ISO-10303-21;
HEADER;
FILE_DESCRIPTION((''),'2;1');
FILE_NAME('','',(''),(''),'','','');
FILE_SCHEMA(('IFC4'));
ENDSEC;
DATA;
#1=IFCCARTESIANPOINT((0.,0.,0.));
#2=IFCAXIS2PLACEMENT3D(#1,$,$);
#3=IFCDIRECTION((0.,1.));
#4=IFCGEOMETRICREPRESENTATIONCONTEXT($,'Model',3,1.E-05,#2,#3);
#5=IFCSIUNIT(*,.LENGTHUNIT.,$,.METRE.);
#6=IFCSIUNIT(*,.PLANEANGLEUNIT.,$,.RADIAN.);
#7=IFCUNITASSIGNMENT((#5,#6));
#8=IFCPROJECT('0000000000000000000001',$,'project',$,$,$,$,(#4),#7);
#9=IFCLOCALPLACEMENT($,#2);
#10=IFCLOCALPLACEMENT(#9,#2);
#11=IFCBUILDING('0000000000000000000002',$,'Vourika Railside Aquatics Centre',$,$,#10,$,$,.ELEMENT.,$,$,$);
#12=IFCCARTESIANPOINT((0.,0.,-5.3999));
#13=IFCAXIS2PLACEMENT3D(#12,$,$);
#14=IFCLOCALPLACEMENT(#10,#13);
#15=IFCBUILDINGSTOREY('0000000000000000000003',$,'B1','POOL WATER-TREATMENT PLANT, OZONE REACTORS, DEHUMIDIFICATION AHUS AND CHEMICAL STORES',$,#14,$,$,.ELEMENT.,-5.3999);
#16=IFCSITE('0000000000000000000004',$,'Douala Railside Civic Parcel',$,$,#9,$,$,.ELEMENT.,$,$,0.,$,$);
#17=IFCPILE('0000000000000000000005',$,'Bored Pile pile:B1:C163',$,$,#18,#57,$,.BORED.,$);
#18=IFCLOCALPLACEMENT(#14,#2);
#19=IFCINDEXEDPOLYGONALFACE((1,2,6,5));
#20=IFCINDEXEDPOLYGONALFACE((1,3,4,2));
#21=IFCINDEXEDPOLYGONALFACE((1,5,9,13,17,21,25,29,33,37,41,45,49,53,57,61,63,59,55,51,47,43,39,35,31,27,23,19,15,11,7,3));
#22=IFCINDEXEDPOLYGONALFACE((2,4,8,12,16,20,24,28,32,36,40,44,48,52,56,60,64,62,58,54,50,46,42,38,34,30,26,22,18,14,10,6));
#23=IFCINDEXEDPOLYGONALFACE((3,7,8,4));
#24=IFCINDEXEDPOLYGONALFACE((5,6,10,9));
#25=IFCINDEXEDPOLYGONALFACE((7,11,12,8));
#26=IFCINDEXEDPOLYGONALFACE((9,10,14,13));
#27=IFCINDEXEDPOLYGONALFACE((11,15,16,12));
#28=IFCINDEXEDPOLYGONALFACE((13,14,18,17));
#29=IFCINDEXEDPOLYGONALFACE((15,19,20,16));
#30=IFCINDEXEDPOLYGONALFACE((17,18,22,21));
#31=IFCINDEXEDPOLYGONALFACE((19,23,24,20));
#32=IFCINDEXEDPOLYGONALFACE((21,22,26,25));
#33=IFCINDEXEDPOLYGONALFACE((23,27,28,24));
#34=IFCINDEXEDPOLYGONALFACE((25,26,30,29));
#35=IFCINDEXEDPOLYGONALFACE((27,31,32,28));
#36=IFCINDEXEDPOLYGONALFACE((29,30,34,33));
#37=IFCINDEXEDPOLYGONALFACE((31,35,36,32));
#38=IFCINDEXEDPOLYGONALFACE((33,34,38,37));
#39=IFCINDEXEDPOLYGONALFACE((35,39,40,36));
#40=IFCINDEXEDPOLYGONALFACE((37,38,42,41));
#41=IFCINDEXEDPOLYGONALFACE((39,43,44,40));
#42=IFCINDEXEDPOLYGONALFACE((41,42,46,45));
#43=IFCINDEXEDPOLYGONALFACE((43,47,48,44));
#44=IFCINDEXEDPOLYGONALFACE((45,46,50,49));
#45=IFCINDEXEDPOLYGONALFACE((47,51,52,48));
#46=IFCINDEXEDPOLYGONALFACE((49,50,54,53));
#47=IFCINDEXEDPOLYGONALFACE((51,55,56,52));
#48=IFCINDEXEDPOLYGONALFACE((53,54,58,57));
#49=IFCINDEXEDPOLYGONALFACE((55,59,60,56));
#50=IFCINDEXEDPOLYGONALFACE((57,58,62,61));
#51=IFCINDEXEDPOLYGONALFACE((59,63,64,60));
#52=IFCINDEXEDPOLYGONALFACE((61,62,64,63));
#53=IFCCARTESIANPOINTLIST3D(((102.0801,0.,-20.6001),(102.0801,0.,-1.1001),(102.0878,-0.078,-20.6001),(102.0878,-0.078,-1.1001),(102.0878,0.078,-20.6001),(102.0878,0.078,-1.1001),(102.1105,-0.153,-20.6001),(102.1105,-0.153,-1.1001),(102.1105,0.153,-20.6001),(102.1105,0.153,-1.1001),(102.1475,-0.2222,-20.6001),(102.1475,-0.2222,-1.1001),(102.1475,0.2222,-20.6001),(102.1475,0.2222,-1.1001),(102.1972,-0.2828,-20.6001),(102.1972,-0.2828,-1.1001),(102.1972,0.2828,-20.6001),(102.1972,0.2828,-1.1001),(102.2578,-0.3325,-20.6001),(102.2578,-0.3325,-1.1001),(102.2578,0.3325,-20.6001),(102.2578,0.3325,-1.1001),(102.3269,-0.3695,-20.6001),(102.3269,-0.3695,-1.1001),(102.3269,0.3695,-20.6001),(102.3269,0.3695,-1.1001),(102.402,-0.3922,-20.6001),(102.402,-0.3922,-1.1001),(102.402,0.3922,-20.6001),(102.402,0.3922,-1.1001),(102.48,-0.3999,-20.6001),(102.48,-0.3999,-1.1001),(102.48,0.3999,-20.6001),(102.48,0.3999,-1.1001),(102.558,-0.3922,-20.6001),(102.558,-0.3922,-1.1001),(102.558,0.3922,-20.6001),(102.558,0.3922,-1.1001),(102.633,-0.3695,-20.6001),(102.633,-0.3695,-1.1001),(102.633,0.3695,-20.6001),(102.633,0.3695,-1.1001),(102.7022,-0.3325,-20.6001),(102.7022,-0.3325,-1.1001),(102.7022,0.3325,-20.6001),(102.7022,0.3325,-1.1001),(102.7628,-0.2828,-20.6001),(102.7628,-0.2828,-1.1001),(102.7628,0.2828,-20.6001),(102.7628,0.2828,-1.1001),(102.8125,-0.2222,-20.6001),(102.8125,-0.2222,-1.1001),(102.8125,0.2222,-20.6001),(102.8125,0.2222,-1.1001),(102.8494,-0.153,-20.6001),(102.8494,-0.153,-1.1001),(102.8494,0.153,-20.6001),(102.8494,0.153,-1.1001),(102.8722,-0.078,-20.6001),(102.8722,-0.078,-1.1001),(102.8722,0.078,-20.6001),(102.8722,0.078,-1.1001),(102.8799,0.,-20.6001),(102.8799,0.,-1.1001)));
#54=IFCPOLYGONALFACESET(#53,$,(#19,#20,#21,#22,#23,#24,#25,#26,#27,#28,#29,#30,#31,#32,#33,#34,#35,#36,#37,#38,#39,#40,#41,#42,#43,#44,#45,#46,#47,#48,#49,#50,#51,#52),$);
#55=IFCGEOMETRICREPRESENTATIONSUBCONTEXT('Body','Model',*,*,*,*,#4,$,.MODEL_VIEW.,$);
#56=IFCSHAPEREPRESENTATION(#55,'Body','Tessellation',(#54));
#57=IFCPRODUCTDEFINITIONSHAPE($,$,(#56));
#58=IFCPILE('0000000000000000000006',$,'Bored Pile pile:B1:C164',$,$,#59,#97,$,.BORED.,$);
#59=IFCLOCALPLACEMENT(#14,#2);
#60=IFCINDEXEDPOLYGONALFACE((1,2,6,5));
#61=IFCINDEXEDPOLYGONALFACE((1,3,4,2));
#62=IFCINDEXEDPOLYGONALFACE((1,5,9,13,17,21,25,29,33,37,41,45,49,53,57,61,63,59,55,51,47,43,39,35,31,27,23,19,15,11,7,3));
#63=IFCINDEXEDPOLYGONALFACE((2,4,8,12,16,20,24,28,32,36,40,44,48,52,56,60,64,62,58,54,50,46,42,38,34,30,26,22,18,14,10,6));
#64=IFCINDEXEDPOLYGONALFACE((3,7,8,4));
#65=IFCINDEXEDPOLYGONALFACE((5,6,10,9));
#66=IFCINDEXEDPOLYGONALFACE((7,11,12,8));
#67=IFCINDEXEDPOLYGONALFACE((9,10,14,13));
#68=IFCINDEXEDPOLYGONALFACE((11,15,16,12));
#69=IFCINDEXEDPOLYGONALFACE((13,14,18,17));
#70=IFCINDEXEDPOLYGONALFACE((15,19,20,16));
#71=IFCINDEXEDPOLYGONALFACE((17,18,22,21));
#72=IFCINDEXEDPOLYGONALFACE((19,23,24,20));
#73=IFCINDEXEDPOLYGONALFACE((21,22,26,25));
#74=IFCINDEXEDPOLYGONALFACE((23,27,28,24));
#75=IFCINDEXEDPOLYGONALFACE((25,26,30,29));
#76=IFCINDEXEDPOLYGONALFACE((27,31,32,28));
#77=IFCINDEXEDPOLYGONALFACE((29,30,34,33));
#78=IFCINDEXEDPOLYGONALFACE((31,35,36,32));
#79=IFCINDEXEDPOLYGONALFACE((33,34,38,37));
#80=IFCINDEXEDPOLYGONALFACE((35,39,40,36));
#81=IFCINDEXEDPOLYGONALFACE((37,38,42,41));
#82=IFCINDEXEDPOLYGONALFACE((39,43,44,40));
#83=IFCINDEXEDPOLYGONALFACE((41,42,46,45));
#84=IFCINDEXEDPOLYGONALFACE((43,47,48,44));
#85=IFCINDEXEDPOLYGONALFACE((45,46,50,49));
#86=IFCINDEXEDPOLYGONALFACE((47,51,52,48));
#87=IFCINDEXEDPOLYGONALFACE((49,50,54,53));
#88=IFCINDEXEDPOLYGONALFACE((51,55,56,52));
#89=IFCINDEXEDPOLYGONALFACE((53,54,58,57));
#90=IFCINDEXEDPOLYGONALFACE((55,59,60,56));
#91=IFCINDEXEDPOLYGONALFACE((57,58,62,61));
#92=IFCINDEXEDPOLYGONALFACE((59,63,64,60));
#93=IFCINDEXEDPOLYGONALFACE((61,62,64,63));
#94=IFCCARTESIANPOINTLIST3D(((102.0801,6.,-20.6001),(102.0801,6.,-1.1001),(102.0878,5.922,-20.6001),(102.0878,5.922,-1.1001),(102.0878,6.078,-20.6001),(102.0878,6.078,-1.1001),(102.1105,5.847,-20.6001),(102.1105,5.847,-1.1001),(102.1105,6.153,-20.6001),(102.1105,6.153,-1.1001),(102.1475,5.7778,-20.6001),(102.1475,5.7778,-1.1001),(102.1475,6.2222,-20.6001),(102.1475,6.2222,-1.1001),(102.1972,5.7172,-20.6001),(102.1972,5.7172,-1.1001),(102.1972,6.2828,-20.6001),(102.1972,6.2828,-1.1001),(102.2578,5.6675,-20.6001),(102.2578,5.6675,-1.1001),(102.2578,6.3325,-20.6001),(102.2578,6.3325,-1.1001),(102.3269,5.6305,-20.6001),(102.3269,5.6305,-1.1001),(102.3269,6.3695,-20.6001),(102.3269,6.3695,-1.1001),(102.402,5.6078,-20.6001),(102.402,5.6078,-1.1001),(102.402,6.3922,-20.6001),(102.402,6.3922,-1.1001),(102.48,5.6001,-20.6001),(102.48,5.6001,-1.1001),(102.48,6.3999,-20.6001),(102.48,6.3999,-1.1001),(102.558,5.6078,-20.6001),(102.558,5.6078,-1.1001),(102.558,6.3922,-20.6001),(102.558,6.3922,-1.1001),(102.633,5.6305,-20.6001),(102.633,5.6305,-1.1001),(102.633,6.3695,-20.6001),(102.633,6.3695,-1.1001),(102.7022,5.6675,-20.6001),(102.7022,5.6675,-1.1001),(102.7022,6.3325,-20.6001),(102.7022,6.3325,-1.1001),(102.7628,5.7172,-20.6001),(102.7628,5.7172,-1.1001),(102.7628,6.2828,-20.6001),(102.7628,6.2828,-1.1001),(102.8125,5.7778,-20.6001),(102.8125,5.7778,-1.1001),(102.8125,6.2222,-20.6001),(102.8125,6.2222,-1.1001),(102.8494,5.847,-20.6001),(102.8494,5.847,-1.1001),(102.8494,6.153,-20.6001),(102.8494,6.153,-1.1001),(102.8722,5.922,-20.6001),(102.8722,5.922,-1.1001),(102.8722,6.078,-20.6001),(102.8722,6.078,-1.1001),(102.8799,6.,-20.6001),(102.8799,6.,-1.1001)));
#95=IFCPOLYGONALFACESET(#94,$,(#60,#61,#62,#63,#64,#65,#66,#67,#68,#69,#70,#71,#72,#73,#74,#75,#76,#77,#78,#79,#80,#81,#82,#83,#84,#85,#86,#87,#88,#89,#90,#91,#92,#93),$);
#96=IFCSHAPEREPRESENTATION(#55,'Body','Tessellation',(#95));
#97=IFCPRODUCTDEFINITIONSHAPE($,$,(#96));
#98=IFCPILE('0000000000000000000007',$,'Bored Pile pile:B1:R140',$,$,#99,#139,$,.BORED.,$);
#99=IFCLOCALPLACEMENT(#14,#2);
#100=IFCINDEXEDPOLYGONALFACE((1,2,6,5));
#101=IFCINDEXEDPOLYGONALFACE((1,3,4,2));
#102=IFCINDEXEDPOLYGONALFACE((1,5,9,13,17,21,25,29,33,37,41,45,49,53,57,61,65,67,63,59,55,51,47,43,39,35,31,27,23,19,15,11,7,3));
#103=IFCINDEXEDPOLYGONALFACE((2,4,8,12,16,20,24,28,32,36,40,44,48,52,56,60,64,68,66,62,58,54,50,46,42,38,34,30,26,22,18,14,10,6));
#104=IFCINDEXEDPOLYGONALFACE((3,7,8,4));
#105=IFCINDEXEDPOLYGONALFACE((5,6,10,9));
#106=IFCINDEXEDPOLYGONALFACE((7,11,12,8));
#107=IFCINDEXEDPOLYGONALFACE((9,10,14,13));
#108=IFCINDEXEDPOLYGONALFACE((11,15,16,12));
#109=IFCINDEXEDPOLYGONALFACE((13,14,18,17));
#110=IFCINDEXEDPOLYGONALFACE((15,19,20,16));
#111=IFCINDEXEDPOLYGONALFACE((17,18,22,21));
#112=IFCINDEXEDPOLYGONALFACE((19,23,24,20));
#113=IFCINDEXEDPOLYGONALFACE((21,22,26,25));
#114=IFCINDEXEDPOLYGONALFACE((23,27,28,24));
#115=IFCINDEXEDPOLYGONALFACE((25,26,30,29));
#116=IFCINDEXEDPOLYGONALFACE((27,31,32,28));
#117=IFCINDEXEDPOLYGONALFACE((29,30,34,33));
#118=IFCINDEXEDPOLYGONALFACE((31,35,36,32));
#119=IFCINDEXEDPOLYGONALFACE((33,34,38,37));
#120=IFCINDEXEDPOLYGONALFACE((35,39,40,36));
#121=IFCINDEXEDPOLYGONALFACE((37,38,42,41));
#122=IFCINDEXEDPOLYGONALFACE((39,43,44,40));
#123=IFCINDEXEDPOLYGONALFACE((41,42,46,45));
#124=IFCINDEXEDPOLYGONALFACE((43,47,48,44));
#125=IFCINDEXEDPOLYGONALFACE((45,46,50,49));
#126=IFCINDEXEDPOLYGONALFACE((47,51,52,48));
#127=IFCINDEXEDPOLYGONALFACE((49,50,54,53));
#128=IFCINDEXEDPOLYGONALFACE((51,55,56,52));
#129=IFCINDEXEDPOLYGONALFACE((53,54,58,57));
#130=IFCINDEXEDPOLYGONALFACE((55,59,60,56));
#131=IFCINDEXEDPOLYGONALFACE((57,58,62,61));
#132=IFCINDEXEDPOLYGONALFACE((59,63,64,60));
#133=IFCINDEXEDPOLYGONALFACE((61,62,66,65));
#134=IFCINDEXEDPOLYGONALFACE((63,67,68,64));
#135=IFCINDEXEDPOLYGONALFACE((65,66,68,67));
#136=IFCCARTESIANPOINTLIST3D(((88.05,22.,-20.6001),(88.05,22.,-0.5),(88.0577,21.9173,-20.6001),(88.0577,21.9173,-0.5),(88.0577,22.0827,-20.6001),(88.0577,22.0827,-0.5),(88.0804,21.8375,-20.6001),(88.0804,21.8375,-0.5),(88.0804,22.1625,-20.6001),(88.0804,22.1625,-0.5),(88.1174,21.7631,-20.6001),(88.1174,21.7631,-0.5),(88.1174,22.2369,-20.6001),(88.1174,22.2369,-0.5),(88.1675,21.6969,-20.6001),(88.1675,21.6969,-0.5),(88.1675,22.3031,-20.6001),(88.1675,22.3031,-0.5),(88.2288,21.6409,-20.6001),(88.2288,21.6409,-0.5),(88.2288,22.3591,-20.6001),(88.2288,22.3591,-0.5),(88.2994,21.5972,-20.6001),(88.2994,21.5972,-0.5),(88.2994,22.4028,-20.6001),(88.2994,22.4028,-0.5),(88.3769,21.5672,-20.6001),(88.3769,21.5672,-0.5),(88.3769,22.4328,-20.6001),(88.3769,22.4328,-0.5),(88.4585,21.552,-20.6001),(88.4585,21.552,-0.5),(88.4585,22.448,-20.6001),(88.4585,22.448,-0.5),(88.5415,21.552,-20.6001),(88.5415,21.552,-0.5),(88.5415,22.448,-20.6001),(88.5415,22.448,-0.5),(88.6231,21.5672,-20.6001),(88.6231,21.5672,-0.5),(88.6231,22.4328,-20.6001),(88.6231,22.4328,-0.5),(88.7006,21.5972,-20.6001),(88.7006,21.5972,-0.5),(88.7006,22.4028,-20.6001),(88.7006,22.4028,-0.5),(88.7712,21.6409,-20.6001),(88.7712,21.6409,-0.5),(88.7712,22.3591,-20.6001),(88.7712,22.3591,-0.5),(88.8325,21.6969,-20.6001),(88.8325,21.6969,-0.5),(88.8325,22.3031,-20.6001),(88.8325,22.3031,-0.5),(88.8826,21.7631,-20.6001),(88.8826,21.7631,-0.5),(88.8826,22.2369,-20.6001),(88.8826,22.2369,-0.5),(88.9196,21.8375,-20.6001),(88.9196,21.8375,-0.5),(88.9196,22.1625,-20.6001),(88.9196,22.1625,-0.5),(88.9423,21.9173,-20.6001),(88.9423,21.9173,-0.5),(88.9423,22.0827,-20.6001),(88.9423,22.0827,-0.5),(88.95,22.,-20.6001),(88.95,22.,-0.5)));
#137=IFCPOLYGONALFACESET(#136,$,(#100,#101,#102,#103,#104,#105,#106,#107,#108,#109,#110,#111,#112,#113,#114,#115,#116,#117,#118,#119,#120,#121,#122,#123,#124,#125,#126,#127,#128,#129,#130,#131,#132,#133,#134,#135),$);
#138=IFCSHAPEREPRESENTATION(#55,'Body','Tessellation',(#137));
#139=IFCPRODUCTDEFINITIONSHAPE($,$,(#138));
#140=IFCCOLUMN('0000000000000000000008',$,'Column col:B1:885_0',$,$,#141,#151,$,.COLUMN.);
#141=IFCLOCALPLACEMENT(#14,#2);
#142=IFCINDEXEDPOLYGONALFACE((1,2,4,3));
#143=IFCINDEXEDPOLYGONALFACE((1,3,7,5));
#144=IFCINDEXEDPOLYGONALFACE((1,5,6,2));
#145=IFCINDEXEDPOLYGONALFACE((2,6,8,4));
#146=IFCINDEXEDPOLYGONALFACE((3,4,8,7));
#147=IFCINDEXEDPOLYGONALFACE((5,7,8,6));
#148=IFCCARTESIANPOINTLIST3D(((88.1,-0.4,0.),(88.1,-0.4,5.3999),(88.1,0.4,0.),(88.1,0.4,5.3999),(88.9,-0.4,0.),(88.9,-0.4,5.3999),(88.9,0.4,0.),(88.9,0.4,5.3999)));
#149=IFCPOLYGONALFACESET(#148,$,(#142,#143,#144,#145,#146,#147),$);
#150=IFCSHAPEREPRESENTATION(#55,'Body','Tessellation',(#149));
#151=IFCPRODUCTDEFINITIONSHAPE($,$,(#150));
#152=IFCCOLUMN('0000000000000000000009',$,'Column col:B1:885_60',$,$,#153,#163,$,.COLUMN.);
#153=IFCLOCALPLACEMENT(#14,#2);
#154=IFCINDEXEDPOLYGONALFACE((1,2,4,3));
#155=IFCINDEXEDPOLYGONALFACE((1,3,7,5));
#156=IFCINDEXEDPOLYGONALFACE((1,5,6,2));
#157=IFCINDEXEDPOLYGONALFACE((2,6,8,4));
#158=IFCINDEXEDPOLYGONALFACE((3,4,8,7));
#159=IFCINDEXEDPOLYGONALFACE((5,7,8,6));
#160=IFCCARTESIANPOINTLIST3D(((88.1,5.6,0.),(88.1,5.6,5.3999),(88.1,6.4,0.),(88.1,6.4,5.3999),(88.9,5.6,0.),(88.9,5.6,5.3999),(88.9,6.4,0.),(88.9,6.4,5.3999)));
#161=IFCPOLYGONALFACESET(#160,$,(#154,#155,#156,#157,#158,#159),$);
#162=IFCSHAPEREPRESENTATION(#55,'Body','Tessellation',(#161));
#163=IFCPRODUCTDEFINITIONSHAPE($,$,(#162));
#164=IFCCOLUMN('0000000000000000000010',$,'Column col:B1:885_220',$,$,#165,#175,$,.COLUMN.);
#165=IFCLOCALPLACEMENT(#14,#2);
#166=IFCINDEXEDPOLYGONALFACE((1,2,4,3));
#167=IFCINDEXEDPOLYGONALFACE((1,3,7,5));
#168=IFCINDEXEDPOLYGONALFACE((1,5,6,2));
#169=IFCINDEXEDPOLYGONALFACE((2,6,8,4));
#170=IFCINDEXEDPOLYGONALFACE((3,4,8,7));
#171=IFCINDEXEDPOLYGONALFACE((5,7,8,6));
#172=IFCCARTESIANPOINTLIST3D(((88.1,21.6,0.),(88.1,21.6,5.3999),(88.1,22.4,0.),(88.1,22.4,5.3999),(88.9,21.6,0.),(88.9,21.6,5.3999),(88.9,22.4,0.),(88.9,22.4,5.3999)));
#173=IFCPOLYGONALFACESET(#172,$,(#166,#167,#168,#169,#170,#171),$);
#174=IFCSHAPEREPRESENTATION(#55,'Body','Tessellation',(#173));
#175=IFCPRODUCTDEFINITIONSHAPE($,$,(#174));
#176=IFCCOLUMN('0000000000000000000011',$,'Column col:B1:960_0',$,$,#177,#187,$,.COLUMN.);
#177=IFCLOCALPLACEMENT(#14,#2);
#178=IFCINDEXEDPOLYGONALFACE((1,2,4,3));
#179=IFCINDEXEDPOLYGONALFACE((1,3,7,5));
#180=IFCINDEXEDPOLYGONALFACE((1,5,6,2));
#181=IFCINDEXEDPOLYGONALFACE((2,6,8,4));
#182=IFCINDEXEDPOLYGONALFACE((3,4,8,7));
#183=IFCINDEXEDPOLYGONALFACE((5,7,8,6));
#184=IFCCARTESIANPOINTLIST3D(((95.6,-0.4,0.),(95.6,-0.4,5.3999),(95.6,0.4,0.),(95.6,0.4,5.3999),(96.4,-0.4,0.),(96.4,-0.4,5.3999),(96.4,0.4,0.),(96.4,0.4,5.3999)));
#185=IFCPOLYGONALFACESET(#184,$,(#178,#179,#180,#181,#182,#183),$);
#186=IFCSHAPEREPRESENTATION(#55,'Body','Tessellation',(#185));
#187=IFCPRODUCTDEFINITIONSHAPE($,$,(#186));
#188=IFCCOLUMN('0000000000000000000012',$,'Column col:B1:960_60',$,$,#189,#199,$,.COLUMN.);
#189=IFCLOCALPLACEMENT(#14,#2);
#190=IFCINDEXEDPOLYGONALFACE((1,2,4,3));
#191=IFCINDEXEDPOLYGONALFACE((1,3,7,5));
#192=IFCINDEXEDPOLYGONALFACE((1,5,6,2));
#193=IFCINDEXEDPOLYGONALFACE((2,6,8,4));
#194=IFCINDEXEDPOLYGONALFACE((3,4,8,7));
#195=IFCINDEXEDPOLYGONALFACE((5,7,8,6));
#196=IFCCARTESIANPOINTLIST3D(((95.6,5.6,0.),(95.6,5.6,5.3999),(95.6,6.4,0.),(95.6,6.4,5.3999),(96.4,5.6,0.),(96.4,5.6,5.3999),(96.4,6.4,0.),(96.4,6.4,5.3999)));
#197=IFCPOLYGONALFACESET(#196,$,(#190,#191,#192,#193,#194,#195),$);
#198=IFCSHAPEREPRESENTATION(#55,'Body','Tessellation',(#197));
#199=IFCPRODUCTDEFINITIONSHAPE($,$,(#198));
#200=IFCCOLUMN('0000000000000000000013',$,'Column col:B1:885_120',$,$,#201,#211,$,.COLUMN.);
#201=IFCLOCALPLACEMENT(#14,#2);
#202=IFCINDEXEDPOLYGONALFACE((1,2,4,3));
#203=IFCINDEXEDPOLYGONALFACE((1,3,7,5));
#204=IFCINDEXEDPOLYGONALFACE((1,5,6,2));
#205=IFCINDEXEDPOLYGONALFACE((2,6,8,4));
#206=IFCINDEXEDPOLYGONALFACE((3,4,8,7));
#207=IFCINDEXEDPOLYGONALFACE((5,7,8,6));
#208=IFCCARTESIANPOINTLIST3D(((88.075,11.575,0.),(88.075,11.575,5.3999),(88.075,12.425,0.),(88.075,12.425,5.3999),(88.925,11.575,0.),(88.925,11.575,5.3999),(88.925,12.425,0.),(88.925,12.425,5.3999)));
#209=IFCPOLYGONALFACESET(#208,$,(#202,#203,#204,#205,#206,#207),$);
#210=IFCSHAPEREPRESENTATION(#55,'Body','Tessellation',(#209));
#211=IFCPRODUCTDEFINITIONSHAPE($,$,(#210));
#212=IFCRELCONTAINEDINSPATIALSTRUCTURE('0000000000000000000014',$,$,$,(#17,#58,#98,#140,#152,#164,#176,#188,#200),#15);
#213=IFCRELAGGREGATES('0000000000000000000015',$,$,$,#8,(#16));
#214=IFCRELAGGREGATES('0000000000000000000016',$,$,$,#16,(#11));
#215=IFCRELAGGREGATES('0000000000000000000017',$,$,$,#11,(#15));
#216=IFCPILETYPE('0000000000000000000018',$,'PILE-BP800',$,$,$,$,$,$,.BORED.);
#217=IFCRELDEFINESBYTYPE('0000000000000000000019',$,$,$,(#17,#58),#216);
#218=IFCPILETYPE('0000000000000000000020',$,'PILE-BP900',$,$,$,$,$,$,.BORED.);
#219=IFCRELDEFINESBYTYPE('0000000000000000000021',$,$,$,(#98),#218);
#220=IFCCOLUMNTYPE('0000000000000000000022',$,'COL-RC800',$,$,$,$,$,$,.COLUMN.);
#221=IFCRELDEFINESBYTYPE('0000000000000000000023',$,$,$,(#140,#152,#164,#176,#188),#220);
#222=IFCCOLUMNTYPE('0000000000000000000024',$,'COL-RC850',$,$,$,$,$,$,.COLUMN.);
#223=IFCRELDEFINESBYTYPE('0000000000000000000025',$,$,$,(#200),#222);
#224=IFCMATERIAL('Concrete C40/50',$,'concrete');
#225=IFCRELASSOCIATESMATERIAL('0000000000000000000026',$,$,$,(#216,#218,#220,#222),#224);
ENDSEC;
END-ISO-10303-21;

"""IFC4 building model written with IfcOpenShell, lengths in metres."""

from ifc_helpers import new_model, si_unit, direction, frame, origin, origin_2d, place, context, subcontext, project, spatial, rectangle, circle, extrude, material, material_profile, profile_set, type_object, element, save


model = new_model("IFC4")

# Units and contexts
model_context = context("Model", 3, precision=1e-05, world=origin(), true_north=direction((0.0, 1.0)))
body_context = subcontext(model_context, "Body", "Model", "MODEL_VIEW")
ifc_project = project(units=[si_unit("LENGTHUNIT", "METRE"), si_unit("PLANEANGLEUNIT", "RADIAN")], contexts=[model_context])

# Site, building, storey
site_placement = place(None, origin())
site = spatial("IfcSite", under=ifc_project, at=site_placement, Name="Douala Railside Civic Parcel", CompositionType="ELEMENT", RefElevation=0.0)
building_placement = place(site_placement, origin())
building = spatial("IfcBuilding", under=site, at=building_placement, Name="Vourika Railside Aquatics Centre", CompositionType="ELEMENT")
storey_placement = place(building_placement, frame((0.0, 0.0, -5.3999)))
storey = spatial("IfcBuildingStorey", under=building, at=storey_placement, Name="B1", Description="POOL WATER-TREATMENT PLANT, OZONE REACTORS, DEHUMIDIFICATION AHUS AND CHEMICAL STORES", CompositionType="ELEMENT", Elevation=-5.3999)

# Shared definitions
ifc_material_1 = material(Name="Concrete C40/50", Category="concrete")

# Piles
ifc_material_profile_1 = material_profile(ifc_material_1, circle(Radius=0.3999, at=origin_2d()), Name="BP 800")
ifc_profile_set_1 = profile_set([ifc_material_profile_1], Name="Concrete C40/50")
pile_type_1 = type_object("IfcPileType", Name="PILE-BP800", PredefinedType="BORED", material=ifc_profile_set_1)
for number, where, z_axis, x_axis, name in (
    (1, (102.48, 0.0, -1.1001), (0.0, 0.0, -1.0), (1.0, 0.0, 0.0), "Bored Pile pile:B1:C163"),
    (2, (102.48, 6.0, -1.1001), (0.0, 0.0, -1.0), (1.0, 0.0, 0.0), "Bored Pile pile:B1:C164"),
):
    element("IfcPile", number, at=place(storey_placement, frame(where, z_axis=z_axis, x_axis=x_axis)), inside=storey, type_object=pile_type_1, Name=name, PredefinedType="BORED", context=body_context, shape_type="SweptSolid", body=[
        extrude(circle(Radius=0.3999, at=origin_2d()), origin(), (0.0, 0.0, 1.0), 19.5),
    ])
ifc_material_profile_2 = material_profile(ifc_material_1, circle(Radius=0.45, at=origin_2d()), Name="BP 900")
ifc_profile_set_2 = profile_set([ifc_material_profile_2], Name="Concrete C40/50")
pile_type_2 = type_object("IfcPileType", Name="PILE-BP900", PredefinedType="BORED", material=ifc_profile_set_2)
pile_1_placement = place(storey_placement, frame((88.5, 22.0, -0.5), z_axis=(0.0, 0.0, -1.0), x_axis=(1.0, 0.0, 0.0)))
element("IfcPile", 3, at=pile_1_placement, inside=storey, type_object=pile_type_2, Name="Bored Pile pile:B1:R140", PredefinedType="BORED", context=body_context, shape_type="SweptSolid", body=[
    extrude(circle(Radius=0.45, at=origin_2d()), origin(), (0.0, 0.0, 1.0), 20.1001),
])

# Columns
ifc_material_profile_3 = material_profile(ifc_material_1, rectangle(XDim=0.8, YDim=0.8, at=origin_2d()), Name="RC 800x800")
ifc_profile_set_3 = profile_set([ifc_material_profile_3], Name="Concrete C40/50")
column_type_1 = type_object("IfcColumnType", Name="COL-RC800", PredefinedType="COLUMN", material=ifc_profile_set_3)
for number, where, z_axis, x_axis, name in (
    (4, (88.5, 0.0, 0.0), (0.0, 0.0, 1.0), (1.0, 0.0, 0.0), "Column col:B1:885_0"),
    (5, (88.5, 6.0, 0.0), (0.0, 0.0, 1.0), (1.0, 0.0, 0.0), "Column col:B1:885_60"),
    (6, (88.5, 22.0, 0.0), (0.0, 0.0, 1.0), (1.0, 0.0, 0.0), "Column col:B1:885_220"),
    (7, (96.0, 0.0, 0.0), (0.0, 0.0, 1.0), (1.0, 0.0, 0.0), "Column col:B1:960_0"),
    (8, (96.0, 6.0, 0.0), (0.0, 0.0, 1.0), (1.0, 0.0, 0.0), "Column col:B1:960_60"),
):
    element("IfcColumn", number, at=place(storey_placement, frame(where, z_axis=z_axis, x_axis=x_axis)), inside=storey, type_object=column_type_1, Name=name, PredefinedType="COLUMN", context=body_context, shape_type="SweptSolid", body=[
        extrude(rectangle(XDim=0.8, YDim=0.8, at=origin_2d()), origin(), (0.0, 0.0, 1.0), 5.3999),
    ])
ifc_material_profile_4 = material_profile(ifc_material_1, rectangle(XDim=0.8501, YDim=0.8501, at=origin_2d()), Name="RC 850x850")
ifc_profile_set_4 = profile_set([ifc_material_profile_4], Name="Concrete C40/50")
column_type_2 = type_object("IfcColumnType", Name="COL-RC850", PredefinedType="COLUMN", material=ifc_profile_set_4)
for number, where, z_axis, x_axis, name in (
    (9, (88.5, 12.0, 0.0), (0.0, 0.0, 1.0), (1.0, 0.0, 0.0), "Column col:B1:885_120"),
):
    element("IfcColumn", number, at=place(storey_placement, frame(where, z_axis=z_axis, x_axis=x_axis)), inside=storey, type_object=column_type_2, Name=name, PredefinedType="COLUMN", context=body_context, shape_type="SweptSolid", body=[
        extrude(rectangle(XDim=0.8501, YDim=0.8501, at=origin_2d()), origin(), (0.0, 0.0, 1.0), 5.3999),
    ])

save(model, "model.ifc")
